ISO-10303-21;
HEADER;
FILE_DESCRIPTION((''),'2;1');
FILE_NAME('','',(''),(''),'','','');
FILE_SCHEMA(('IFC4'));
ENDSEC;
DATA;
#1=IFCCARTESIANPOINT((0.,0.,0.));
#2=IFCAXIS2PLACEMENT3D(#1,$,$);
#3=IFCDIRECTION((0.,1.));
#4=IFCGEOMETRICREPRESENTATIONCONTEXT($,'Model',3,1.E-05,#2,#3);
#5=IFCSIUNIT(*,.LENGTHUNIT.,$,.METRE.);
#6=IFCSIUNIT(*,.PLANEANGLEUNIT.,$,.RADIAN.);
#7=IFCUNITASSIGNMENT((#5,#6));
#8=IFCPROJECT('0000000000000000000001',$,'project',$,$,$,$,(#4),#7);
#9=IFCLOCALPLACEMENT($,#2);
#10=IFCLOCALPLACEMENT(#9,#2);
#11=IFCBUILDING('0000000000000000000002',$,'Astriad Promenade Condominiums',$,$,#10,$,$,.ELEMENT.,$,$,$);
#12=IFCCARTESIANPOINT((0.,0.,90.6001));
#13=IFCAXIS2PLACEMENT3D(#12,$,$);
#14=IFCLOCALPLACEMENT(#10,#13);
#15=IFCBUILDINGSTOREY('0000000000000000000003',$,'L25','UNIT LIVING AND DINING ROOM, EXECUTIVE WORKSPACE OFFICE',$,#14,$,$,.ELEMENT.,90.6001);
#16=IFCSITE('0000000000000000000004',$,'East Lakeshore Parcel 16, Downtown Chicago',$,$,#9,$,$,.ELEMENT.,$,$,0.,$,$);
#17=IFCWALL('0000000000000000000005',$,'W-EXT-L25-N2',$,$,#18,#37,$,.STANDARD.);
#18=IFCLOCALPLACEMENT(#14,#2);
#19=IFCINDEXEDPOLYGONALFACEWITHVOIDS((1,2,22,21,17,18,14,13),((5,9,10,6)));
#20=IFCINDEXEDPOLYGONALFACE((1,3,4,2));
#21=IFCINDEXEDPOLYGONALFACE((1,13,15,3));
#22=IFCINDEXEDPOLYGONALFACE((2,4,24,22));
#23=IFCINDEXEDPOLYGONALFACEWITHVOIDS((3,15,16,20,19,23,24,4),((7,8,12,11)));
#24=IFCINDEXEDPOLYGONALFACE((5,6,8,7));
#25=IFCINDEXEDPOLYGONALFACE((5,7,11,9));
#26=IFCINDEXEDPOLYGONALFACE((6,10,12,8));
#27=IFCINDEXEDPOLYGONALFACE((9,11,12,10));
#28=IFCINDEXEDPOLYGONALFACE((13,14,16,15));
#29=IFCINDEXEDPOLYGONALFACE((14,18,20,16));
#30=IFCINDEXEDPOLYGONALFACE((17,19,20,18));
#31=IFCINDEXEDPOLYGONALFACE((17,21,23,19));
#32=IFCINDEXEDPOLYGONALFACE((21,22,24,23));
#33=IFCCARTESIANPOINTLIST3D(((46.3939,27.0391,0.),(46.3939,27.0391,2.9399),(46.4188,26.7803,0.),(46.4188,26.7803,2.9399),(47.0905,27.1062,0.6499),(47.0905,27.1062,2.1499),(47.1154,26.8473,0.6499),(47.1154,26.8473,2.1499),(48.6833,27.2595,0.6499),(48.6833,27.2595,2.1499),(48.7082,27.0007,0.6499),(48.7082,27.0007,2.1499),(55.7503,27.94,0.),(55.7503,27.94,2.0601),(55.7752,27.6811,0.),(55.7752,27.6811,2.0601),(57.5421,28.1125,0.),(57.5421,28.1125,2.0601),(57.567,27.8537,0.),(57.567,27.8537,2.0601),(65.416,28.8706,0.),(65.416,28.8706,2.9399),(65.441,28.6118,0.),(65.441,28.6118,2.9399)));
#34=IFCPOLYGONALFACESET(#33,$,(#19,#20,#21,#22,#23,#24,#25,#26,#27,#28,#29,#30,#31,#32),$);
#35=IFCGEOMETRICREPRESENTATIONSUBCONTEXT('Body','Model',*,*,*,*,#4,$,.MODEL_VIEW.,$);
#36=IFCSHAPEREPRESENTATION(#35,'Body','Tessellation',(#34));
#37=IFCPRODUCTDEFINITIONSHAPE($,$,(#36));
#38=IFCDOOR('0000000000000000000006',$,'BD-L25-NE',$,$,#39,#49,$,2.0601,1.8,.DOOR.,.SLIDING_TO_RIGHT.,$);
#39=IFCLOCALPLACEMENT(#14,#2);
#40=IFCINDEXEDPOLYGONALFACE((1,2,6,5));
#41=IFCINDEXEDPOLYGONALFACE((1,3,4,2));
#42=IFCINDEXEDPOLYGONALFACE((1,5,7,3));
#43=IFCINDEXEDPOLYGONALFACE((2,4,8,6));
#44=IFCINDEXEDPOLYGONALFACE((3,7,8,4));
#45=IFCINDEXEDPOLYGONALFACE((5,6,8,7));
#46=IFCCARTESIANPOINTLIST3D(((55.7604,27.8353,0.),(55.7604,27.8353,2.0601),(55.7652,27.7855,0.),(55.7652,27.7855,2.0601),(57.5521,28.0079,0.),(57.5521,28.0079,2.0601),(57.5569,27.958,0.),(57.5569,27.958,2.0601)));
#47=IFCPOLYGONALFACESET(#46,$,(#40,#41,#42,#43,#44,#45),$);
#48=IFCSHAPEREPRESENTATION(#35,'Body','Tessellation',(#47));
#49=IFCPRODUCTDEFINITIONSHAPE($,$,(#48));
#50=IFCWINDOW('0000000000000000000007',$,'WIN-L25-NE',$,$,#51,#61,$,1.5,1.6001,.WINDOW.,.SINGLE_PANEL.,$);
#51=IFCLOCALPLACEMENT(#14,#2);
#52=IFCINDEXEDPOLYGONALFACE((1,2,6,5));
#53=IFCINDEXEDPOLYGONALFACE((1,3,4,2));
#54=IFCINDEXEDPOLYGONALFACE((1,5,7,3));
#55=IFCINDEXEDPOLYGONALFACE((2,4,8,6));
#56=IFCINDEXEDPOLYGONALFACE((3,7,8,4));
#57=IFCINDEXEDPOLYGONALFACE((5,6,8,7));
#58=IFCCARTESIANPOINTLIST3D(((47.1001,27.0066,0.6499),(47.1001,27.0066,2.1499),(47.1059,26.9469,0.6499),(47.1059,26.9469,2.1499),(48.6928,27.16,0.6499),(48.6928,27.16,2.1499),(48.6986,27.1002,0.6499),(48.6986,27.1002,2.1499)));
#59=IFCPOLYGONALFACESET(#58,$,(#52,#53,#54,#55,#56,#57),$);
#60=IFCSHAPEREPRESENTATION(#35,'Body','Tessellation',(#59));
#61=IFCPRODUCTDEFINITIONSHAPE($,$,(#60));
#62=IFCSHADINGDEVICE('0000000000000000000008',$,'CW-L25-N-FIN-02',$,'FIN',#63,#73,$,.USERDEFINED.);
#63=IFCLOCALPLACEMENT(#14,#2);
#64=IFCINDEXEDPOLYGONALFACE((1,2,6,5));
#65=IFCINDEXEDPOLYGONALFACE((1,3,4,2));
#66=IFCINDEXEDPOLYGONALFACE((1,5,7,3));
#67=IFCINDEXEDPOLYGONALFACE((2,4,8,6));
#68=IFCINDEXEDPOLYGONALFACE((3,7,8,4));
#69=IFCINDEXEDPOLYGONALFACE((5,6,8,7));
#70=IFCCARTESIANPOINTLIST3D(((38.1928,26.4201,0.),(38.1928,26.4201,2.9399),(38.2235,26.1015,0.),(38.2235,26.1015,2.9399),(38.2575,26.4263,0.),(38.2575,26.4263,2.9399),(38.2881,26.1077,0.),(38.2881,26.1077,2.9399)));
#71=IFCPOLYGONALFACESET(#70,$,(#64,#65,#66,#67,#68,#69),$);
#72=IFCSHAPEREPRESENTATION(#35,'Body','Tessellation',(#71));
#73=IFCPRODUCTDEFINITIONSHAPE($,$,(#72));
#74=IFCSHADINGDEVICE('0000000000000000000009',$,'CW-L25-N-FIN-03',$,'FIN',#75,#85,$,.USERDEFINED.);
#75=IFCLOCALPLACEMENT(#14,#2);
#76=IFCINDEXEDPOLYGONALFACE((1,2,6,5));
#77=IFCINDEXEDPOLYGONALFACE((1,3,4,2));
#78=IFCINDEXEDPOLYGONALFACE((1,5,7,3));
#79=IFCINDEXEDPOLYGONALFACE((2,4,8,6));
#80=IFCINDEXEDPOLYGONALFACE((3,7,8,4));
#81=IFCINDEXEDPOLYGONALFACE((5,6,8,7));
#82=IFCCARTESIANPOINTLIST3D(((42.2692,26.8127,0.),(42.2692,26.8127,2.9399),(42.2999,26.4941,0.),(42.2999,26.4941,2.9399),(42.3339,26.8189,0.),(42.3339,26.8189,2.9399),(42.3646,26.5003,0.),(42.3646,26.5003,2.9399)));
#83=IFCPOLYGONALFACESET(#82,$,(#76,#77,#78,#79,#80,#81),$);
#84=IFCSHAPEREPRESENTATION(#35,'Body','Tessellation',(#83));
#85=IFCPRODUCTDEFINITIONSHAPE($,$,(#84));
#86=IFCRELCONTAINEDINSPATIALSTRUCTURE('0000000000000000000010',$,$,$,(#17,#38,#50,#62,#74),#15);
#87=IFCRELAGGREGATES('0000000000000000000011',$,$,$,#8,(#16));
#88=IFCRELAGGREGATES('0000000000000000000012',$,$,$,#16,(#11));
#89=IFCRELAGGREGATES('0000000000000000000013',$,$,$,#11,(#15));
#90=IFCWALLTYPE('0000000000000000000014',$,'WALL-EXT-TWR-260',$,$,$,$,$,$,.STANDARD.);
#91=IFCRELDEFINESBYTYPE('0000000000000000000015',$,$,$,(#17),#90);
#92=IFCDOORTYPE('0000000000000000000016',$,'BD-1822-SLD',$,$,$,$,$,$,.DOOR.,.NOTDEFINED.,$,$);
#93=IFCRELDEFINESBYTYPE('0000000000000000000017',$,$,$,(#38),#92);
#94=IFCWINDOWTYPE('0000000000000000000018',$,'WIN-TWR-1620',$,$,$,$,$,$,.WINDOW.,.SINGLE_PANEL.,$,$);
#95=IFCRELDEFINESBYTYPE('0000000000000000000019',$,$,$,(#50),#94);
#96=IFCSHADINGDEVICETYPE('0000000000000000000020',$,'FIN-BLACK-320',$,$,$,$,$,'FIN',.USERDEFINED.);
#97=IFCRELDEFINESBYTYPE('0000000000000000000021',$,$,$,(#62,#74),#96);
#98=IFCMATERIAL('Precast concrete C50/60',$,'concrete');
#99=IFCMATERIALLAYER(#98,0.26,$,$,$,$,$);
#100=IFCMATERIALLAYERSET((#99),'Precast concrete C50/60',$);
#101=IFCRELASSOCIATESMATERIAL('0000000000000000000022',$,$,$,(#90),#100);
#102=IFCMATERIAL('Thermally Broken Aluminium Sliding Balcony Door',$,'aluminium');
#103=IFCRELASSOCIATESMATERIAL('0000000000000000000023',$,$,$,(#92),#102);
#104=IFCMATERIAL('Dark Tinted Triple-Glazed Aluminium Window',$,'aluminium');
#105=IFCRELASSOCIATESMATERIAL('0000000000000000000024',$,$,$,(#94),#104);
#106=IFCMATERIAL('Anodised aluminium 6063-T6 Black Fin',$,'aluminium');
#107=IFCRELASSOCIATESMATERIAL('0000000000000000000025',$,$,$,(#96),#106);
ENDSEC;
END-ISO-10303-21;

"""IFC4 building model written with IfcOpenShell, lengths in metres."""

from ifc_helpers import new_model, si_unit, direction, frame, frame_2d, origin, origin_2d, place, context, subcontext, project, spatial, rectangle, extrude, source, transform, mapped, material, layer, layer_set, type_object, type_shapes, element, fill, save


model = new_model("IFC4")

# Units and contexts
model_context = context("Model", 3, precision=1e-05, world=origin(), true_north=direction((0.0, 1.0)))
body_context = subcontext(model_context, "Body", "Model", "MODEL_VIEW")
ifc_project = project(units=[si_unit("LENGTHUNIT", "METRE"), si_unit("PLANEANGLEUNIT", "RADIAN")], contexts=[model_context])

# Site, building, storey
site_placement = place(None, origin())
site = spatial("IfcSite", under=ifc_project, at=site_placement, Name="East Lakeshore Parcel 16, Downtown Chicago", CompositionType="ELEMENT", RefElevation=0.0)
building_placement = place(site_placement, origin())
building = spatial("IfcBuilding", under=site, at=building_placement, Name="Astriad Promenade Condominiums", CompositionType="ELEMENT")
storey_placement = place(building_placement, frame((0.0, 0.0, 90.6001)))
storey = spatial("IfcBuildingStorey", under=building, at=storey_placement, Name="L25", Description="UNIT LIVING AND DINING ROOM, EXECUTIVE WORKSPACE OFFICE", CompositionType="ELEMENT", Elevation=90.6001)

# Wall, openings, door, window
ifc_material_1 = material(Name="Precast concrete C50/60", Category="concrete")
ifc_layer_1 = layer(ifc_material_1, 0.26)
ifc_layer_set_1 = layer_set([ifc_layer_1], Name="Precast concrete C50/60")
wall_type = type_object("IfcWallType", Name="WALL-EXT-TWR-260", PredefinedType="STANDARD", material=ifc_layer_set_1)
wall_placement = place(storey_placement, frame((46.4062, 26.9097, 0.0), z_axis=(0.0, 0.0, 1.0), x_axis=(0.995397, 0.095841, 0.0)))
wall = element("IfcWall", 1, at=wall_placement, inside=storey, type_object=wall_type, Name="W-EXT-L25-N2", PredefinedType="STANDARD", context=body_context, shape_type="SweptSolid", body=[
    extrude(rectangle(XDim=19.1101, YDim=0.26, at=frame_2d((9.5552, 0.0))), origin(), (0.0, 0.0, 1.0), 2.9399),
])
opening_1_placement = place(wall_placement, frame((9.3999, 0.0, 0.0)))
opening_1 = element("IfcOpeningElement", 2, at=opening_1_placement, cuts=wall, PredefinedType="OPENING", context=body_context, shape_type="SweptSolid", body=[
    extrude(rectangle(XDim=1.8, YDim=2.0601, at=frame_2d((0.8999, 1.03))), frame((0.0, 0.1399, 0.0), z_axis=(0.0, -1.0, 0.0), x_axis=(1.0, 0.0, 0.0)), (0.0, 0.0, 1.0), 0.28),
])
opening_2_placement = place(wall_placement, frame((0.7, 0.0, 0.6499)))
opening_2 = element("IfcOpeningElement", 3, at=opening_2_placement, cuts=wall, PredefinedType="OPENING", context=body_context, shape_type="SweptSolid", body=[
    extrude(rectangle(XDim=1.6001, YDim=1.5, at=frame_2d((0.8, 0.75))), frame((0.0, 0.1399, 0.0), z_axis=(0.0, -1.0, 0.0), x_axis=(1.0, 0.0, 0.0)), (0.0, 0.0, 1.0), 0.28),
])
ifc_material_2 = material(Name="Thermally Broken Aluminium Sliding Balcony Door", Category="aluminium")
door_type = type_object("IfcDoorType", Name="BD-1822-SLD", OperationType="NOTDEFINED", PredefinedType="DOOR", material=ifc_material_2)
shared_shape_1 = source(origin(), body_context, "Body", "SweptSolid", [
    extrude(rectangle(XDim=1.8, YDim=2.0601, at=frame_2d((0.8999, 1.03))), frame((0.0, 0.0249, 0.0), z_axis=(0.0, -1.0, 0.0), x_axis=(1.0, 0.0, 0.0)), (0.0, 0.0, 1.0), 0.05),
])
type_shapes(door_type, [shared_shape_1])
door_placement = place(opening_1_placement, origin())
door = element("IfcDoor", 4, at=door_placement, inside=storey, type_object=door_type, Name="BD-L25-NE", OperationType="SLIDING_TO_RIGHT", OverallHeight=2.0601, OverallWidth=1.8, PredefinedType="DOOR", context=body_context, shape_type="MappedRepresentation", body=[
    mapped(shared_shape_1, transform((0.0, 0.0, 0.0), scale=1.0)),
])
fill(opening_1, door)
ifc_material_3 = material(Name="Dark Tinted Triple-Glazed Aluminium Window", Category="aluminium")
window_type = type_object("IfcWindowType", Name="WIN-TWR-1620", PartitioningType="SINGLE_PANEL", PredefinedType="WINDOW", material=ifc_material_3)
shared_shape_2 = source(origin(), body_context, "Body", "SweptSolid", [
    extrude(rectangle(XDim=1.6001, YDim=1.5, at=frame_2d((0.8, 0.75))), frame((0.0, 0.03, 0.0), z_axis=(0.0, -1.0, 0.0), x_axis=(1.0, 0.0, 0.0)), (0.0, 0.0, 1.0), 0.0601),
])
type_shapes(window_type, [shared_shape_2])
window_placement = place(opening_2_placement, origin())
window = element("IfcWindow", 5, at=window_placement, inside=storey, type_object=window_type, Name="WIN-L25-NE", OverallHeight=1.5, OverallWidth=1.6001, PartitioningType="SINGLE_PANEL", PredefinedType="WINDOW", context=body_context, shape_type="MappedRepresentation", body=[
    mapped(shared_shape_2, transform((0.0, 0.0, 0.0), scale=1.0)),
])
fill(opening_2, window)

# Shading devices
ifc_material_4 = material(Name="Anodised aluminium 6063-T6 Black Fin", Category="aluminium")
shading_device_type = type_object("IfcShadingDeviceType", Name="FIN-BLACK-320", ElementType="FIN", PredefinedType="USERDEFINED", material=ifc_material_4)
shared_shape_3 = source(origin(), body_context, "Body", "SweptSolid", [
    extrude(rectangle(XDim=0.0649, YDim=0.3201, at=origin_2d()), origin(), (0.0, 0.0, 1.0), 2.9399),
])
type_shapes(shading_device_type, [shared_shape_3])
for number, where, z_axis, x_axis, name in (
    (6, (38.2405, 26.2639, 0.0), (0.0, 0.0, 1.0), (0.995396, 0.095846, 0.0), "CW-L25-N-FIN-02"),
    (7, (42.3169, 26.6565, 0.0), (0.0, 0.0, 1.0), (0.995396, 0.095846, 0.0), "CW-L25-N-FIN-03"),
):
    element("IfcShadingDevice", number, at=place(storey_placement, frame(where, z_axis=z_axis, x_axis=x_axis)), inside=storey, type_object=shading_device_type, Name=name, ObjectType="FIN", PredefinedType="USERDEFINED", context=body_context, shape_type="MappedRepresentation", body=[
        mapped(shared_shape_3, transform((0.0, 0.0, 0.0), scale=1.0)),
    ])

save(model, "model.ifc")
